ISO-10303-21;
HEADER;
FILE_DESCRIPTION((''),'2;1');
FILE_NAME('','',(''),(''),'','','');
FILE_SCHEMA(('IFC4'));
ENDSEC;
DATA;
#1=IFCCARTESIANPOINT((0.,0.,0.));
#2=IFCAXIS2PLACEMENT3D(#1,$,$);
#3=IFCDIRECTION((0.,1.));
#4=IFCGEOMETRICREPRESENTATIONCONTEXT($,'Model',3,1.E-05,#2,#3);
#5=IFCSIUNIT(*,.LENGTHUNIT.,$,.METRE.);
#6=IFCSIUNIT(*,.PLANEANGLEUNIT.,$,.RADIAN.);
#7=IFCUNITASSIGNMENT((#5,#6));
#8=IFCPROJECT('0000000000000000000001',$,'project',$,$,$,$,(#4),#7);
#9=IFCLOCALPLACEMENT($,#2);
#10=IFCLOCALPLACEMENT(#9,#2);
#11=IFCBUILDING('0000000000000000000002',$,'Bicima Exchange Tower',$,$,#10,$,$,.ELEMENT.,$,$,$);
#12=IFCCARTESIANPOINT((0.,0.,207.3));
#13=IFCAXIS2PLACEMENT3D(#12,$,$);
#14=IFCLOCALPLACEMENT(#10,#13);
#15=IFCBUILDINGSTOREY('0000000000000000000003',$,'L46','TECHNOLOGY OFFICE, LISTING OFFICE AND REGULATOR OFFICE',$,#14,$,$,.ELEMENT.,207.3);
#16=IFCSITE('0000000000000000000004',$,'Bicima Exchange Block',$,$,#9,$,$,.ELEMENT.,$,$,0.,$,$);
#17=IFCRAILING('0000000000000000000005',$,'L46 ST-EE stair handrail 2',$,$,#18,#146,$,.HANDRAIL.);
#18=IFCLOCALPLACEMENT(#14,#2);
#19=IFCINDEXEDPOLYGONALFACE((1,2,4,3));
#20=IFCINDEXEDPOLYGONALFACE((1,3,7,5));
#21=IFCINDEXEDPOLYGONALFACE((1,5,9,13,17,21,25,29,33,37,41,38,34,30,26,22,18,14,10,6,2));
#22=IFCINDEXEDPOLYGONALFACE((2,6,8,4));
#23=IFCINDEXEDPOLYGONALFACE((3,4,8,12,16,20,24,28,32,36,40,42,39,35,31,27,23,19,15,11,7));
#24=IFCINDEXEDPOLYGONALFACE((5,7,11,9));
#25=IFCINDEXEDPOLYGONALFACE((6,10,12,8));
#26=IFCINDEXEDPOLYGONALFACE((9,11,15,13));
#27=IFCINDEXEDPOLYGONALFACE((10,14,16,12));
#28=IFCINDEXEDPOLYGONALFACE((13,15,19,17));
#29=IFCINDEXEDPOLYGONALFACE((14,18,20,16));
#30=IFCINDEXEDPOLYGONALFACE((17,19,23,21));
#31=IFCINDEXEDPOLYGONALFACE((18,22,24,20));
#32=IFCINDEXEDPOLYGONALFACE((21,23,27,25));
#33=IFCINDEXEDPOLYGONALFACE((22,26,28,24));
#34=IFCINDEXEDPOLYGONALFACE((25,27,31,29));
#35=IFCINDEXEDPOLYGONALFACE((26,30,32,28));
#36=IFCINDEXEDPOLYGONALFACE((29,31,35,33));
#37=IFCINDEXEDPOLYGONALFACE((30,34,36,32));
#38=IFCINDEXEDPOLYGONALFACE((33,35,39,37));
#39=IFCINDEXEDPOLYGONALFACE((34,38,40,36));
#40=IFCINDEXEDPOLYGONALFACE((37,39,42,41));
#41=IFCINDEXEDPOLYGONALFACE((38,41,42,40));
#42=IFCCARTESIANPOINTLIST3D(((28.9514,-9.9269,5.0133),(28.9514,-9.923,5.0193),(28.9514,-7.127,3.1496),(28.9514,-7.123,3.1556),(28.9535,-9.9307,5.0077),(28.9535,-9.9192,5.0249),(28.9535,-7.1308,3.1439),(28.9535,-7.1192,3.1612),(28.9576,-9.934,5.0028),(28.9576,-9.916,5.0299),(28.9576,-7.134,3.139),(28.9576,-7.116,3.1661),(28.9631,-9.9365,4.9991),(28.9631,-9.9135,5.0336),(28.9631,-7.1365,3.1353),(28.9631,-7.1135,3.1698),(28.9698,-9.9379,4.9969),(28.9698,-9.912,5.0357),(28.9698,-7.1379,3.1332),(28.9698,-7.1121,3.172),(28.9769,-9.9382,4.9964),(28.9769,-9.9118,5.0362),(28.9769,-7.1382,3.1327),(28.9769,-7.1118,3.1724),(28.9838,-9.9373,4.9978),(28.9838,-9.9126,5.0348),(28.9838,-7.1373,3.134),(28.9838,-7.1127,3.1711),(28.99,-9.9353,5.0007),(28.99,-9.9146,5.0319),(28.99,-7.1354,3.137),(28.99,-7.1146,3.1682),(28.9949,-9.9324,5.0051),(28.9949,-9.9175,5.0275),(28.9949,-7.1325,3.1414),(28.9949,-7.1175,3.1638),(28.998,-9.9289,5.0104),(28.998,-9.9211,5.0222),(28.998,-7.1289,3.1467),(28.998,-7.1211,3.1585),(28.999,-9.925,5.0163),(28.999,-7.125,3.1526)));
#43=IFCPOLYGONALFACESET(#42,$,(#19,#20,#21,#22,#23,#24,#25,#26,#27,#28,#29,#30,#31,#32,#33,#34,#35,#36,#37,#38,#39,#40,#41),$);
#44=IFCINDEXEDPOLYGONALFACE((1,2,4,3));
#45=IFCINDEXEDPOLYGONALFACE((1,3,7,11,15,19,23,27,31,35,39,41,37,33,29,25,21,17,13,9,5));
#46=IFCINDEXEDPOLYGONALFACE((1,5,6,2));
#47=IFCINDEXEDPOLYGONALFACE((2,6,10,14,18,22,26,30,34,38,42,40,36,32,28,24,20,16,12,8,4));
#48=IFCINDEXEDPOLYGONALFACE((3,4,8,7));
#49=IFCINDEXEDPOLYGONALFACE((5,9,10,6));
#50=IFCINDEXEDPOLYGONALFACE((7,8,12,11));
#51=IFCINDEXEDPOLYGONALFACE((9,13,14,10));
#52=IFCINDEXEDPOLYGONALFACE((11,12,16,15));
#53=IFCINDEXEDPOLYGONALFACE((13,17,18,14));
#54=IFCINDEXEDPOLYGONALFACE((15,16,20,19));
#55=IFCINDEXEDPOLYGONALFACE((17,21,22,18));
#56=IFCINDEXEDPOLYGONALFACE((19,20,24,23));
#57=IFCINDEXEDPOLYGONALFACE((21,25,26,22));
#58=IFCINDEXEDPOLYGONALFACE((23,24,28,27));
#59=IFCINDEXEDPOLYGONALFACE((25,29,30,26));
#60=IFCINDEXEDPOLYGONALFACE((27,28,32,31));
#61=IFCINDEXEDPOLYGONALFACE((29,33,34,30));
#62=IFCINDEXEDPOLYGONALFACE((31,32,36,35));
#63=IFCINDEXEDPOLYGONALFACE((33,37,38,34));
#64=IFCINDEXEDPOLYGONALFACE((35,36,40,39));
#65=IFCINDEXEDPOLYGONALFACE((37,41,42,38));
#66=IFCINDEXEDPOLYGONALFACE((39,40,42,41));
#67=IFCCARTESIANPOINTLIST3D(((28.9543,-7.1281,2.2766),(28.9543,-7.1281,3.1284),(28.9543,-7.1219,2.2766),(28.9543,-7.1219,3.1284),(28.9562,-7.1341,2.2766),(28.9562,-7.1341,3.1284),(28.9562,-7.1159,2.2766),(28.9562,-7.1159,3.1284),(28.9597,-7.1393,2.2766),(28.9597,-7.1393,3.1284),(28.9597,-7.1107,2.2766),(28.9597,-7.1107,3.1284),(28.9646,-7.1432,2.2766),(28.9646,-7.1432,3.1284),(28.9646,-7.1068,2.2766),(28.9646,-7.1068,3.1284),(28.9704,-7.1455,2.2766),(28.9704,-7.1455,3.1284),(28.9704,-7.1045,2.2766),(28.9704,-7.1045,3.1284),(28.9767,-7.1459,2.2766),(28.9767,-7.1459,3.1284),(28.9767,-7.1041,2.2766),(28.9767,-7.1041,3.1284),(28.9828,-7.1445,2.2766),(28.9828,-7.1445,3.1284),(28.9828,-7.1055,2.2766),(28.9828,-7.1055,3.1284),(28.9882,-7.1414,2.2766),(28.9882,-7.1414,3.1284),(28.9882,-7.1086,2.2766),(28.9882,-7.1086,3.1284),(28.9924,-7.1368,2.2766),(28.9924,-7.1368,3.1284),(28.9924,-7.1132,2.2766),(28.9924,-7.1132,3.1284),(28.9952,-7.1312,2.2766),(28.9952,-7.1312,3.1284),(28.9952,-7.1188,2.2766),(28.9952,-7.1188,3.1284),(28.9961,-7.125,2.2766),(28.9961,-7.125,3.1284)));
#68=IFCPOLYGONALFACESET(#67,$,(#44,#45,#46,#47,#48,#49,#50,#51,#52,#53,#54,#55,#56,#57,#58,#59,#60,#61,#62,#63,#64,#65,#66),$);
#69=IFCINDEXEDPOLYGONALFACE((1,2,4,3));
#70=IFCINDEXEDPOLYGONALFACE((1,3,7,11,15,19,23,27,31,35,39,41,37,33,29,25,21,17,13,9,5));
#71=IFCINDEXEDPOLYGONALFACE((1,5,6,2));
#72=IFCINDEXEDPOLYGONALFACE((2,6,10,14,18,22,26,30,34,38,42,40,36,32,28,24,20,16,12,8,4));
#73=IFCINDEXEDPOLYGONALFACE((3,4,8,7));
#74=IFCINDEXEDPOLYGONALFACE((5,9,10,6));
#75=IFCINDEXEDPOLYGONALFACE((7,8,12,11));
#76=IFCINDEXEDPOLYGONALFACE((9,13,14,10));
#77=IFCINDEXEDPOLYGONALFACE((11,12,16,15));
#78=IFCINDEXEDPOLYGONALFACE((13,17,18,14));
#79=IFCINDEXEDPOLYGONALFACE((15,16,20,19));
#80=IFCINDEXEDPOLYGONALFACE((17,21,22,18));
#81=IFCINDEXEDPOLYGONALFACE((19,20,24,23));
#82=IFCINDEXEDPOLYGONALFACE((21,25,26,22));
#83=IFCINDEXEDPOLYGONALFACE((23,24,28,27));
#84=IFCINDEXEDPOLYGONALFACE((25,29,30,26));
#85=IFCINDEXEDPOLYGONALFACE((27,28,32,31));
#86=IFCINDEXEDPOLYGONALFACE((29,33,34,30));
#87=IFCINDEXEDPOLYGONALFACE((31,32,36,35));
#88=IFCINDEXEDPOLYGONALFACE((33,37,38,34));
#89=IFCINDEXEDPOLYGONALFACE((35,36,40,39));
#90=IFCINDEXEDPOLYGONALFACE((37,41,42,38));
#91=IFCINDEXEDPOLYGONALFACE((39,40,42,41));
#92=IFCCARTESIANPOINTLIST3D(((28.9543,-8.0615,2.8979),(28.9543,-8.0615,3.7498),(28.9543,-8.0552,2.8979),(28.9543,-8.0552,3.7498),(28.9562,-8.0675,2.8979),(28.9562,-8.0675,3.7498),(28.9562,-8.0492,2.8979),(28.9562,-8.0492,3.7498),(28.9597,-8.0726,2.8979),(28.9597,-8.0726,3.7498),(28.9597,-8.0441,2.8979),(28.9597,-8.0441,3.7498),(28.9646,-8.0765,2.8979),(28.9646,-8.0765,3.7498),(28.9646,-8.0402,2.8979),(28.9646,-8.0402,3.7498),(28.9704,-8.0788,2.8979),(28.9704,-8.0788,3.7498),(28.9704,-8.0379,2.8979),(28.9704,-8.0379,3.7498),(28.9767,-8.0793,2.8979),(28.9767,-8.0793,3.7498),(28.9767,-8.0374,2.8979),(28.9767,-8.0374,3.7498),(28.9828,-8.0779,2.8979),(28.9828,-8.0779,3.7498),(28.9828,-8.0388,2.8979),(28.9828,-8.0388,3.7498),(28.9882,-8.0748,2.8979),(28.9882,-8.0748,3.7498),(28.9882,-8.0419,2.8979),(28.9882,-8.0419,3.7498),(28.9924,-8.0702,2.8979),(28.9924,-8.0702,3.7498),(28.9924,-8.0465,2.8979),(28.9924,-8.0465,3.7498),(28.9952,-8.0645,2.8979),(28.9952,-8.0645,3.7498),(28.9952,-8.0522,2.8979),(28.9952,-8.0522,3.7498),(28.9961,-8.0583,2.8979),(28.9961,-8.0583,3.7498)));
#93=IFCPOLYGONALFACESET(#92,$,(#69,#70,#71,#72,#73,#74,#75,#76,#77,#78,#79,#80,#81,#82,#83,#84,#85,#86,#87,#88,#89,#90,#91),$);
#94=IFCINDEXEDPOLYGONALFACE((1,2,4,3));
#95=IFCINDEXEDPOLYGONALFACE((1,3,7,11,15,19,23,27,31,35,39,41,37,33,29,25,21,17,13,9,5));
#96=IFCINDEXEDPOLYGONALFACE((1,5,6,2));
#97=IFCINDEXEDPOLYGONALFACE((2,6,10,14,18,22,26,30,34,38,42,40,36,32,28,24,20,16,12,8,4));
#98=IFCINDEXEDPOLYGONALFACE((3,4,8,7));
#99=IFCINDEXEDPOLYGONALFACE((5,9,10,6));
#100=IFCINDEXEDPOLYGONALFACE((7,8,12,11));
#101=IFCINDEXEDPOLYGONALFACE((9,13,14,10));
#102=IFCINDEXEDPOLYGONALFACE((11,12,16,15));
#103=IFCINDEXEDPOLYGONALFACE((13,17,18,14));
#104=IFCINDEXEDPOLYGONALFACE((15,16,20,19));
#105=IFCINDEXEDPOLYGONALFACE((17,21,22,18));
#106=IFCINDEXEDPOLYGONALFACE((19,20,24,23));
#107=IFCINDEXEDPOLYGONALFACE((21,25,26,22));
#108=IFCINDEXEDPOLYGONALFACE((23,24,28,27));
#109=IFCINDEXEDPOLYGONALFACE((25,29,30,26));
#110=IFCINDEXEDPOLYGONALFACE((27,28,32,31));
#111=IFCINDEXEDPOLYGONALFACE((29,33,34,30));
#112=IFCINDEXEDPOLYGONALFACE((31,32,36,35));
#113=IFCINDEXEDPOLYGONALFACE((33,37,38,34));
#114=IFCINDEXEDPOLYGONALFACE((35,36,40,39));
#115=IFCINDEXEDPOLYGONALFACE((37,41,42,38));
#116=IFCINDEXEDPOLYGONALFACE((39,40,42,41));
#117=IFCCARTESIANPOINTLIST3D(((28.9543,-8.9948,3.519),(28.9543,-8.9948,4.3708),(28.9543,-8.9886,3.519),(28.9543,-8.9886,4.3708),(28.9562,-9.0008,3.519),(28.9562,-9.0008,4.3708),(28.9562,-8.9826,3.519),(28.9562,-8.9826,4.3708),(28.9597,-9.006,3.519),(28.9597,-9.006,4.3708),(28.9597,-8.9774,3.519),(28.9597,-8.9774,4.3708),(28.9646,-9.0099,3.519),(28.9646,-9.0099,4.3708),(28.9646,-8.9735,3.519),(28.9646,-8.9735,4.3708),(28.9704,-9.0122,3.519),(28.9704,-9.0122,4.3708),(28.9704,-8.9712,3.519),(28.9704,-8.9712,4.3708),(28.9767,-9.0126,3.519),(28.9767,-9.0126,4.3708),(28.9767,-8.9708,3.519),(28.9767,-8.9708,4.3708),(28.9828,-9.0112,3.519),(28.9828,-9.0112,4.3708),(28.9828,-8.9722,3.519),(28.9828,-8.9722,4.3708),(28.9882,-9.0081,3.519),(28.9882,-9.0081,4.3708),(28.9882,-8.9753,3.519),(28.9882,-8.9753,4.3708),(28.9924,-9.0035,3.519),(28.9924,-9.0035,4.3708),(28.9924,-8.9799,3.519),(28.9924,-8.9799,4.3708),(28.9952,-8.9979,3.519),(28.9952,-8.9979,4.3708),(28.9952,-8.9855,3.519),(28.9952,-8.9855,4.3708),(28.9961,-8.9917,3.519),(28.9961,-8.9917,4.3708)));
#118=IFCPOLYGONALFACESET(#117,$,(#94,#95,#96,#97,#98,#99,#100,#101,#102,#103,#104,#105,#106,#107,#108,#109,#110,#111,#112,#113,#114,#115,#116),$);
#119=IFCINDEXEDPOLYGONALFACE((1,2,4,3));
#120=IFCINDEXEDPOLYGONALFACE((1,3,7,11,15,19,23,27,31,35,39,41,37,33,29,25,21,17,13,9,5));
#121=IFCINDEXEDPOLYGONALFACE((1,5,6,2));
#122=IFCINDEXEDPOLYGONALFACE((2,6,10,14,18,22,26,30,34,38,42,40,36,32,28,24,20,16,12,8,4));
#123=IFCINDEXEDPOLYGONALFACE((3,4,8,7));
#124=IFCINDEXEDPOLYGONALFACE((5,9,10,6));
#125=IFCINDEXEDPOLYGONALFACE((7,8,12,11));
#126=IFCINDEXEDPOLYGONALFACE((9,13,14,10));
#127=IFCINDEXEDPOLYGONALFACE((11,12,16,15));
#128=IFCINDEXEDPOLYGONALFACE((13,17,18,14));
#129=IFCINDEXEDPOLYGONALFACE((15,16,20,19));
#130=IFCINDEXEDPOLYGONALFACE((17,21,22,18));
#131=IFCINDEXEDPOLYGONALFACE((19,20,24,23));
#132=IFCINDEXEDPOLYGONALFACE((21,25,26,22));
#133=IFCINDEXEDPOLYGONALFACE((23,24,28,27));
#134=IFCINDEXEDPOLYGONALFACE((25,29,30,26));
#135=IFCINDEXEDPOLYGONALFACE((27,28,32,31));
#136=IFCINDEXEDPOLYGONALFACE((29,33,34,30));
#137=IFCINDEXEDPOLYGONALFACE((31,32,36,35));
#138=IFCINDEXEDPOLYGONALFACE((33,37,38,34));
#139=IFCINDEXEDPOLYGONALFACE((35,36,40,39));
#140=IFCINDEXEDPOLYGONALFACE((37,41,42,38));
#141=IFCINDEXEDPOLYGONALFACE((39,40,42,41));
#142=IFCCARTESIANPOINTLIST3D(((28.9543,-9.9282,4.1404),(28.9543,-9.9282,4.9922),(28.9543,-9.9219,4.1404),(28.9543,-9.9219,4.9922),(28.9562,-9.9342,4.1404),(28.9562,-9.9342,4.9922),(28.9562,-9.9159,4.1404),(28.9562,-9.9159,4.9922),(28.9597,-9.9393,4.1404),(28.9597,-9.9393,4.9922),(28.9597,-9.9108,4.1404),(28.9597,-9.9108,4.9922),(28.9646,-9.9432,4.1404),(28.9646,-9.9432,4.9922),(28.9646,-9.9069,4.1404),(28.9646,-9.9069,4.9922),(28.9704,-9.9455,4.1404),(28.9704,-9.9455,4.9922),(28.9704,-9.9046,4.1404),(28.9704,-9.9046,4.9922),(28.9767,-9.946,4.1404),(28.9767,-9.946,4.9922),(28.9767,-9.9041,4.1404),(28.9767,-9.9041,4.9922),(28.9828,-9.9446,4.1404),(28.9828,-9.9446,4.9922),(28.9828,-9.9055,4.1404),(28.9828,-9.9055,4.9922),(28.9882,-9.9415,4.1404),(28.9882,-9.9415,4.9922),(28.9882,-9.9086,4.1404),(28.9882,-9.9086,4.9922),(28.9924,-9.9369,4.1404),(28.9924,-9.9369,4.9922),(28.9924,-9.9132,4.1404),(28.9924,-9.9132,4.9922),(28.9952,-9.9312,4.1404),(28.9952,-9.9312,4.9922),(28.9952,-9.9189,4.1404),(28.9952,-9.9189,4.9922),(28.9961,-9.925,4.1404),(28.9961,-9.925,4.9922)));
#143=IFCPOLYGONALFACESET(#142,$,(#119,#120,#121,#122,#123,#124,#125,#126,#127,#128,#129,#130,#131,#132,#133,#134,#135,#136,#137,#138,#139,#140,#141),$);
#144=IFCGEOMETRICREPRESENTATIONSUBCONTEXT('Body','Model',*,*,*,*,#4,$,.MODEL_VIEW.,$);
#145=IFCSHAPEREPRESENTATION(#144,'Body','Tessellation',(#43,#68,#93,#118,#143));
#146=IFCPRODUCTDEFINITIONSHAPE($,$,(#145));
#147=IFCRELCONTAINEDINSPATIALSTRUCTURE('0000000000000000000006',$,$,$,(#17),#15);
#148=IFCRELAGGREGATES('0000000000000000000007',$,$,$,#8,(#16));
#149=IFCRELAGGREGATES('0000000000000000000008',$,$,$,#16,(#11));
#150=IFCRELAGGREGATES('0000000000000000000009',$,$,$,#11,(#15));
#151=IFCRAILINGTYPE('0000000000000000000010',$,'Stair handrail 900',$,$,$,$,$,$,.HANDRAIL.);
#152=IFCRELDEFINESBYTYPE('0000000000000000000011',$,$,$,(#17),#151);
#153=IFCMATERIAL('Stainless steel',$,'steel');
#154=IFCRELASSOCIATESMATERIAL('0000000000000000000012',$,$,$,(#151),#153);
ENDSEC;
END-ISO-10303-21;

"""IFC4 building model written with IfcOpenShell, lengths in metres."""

from ifc_helpers import new_model, si_unit, direction, frame, origin, origin_2d, place, context, subcontext, project, spatial, circle, extrude, material, type_object, element, save


model = new_model("IFC4")

# Units and contexts
model_context = context("Model", 3, precision=1e-05, world=origin(), true_north=direction((0.0, 1.0)))
body_context = subcontext(model_context, "Body", "Model", "MODEL_VIEW")
ifc_project = project(units=[si_unit("LENGTHUNIT", "METRE"), si_unit("PLANEANGLEUNIT", "RADIAN")], contexts=[model_context])

# Site, building, storey
site_placement = place(None, origin())
site = spatial("IfcSite", under=ifc_project, at=site_placement, Name="Bicima Exchange Block", CompositionType="ELEMENT", RefElevation=0.0)
building_placement = place(site_placement, origin())
building = spatial("IfcBuilding", under=site, at=building_placement, Name="Bicima Exchange Tower", CompositionType="ELEMENT")
storey_placement = place(building_placement, frame((0.0, 0.0, 207.3)))
storey = spatial("IfcBuildingStorey", under=building, at=storey_placement, Name="L46", Description="TECHNOLOGY OFFICE, LISTING OFFICE AND REGULATOR OFFICE", CompositionType="ELEMENT", Elevation=207.3)

# Railing
ifc_material_1 = material(Name="Stainless steel", Category="steel")
railing_type_1 = type_object("IfcRailingType", Name="Stair handrail 900", PredefinedType="HANDRAIL", material=ifc_material_1)
for number, where, name in (
    (1, (28.9751, -7.125, 2.2766), "L46 ST-EE stair handrail 2"),
):
    element("IfcRailing", number, at=place(storey_placement, frame(where)), inside=storey, type_object=railing_type_1, Name=name, PredefinedType="HANDRAIL", context=body_context, shape_type="SweptSolid", body=[
        extrude(circle(Radius=0.0239, at=origin_2d()), frame((0.0, 0.0, 0.876), z_axis=(0.0, -0.832452, 0.554097), x_axis=(1.0, 0.0, 0.0)), (0.0, 0.0, 1.0), 3.3635),
        extrude(circle(Radius=0.021, at=origin_2d()), origin(), (0.0, 0.0, 1.0), 0.8518),
        extrude(circle(Radius=0.021, at=origin_2d()), frame((0.0, -0.9333, 0.6213)), (0.0, 0.0, 1.0), 0.8518),
        extrude(circle(Radius=0.021, at=origin_2d()), frame((0.0, -1.8667, 1.2424)), (0.0, 0.0, 1.0), 0.8518),
        extrude(circle(Radius=0.021, at=origin_2d()), frame((0.0, -2.8, 1.8638)), (0.0, 0.0, 1.0), 0.8518),
    ])

save(model, "model.ifc")
